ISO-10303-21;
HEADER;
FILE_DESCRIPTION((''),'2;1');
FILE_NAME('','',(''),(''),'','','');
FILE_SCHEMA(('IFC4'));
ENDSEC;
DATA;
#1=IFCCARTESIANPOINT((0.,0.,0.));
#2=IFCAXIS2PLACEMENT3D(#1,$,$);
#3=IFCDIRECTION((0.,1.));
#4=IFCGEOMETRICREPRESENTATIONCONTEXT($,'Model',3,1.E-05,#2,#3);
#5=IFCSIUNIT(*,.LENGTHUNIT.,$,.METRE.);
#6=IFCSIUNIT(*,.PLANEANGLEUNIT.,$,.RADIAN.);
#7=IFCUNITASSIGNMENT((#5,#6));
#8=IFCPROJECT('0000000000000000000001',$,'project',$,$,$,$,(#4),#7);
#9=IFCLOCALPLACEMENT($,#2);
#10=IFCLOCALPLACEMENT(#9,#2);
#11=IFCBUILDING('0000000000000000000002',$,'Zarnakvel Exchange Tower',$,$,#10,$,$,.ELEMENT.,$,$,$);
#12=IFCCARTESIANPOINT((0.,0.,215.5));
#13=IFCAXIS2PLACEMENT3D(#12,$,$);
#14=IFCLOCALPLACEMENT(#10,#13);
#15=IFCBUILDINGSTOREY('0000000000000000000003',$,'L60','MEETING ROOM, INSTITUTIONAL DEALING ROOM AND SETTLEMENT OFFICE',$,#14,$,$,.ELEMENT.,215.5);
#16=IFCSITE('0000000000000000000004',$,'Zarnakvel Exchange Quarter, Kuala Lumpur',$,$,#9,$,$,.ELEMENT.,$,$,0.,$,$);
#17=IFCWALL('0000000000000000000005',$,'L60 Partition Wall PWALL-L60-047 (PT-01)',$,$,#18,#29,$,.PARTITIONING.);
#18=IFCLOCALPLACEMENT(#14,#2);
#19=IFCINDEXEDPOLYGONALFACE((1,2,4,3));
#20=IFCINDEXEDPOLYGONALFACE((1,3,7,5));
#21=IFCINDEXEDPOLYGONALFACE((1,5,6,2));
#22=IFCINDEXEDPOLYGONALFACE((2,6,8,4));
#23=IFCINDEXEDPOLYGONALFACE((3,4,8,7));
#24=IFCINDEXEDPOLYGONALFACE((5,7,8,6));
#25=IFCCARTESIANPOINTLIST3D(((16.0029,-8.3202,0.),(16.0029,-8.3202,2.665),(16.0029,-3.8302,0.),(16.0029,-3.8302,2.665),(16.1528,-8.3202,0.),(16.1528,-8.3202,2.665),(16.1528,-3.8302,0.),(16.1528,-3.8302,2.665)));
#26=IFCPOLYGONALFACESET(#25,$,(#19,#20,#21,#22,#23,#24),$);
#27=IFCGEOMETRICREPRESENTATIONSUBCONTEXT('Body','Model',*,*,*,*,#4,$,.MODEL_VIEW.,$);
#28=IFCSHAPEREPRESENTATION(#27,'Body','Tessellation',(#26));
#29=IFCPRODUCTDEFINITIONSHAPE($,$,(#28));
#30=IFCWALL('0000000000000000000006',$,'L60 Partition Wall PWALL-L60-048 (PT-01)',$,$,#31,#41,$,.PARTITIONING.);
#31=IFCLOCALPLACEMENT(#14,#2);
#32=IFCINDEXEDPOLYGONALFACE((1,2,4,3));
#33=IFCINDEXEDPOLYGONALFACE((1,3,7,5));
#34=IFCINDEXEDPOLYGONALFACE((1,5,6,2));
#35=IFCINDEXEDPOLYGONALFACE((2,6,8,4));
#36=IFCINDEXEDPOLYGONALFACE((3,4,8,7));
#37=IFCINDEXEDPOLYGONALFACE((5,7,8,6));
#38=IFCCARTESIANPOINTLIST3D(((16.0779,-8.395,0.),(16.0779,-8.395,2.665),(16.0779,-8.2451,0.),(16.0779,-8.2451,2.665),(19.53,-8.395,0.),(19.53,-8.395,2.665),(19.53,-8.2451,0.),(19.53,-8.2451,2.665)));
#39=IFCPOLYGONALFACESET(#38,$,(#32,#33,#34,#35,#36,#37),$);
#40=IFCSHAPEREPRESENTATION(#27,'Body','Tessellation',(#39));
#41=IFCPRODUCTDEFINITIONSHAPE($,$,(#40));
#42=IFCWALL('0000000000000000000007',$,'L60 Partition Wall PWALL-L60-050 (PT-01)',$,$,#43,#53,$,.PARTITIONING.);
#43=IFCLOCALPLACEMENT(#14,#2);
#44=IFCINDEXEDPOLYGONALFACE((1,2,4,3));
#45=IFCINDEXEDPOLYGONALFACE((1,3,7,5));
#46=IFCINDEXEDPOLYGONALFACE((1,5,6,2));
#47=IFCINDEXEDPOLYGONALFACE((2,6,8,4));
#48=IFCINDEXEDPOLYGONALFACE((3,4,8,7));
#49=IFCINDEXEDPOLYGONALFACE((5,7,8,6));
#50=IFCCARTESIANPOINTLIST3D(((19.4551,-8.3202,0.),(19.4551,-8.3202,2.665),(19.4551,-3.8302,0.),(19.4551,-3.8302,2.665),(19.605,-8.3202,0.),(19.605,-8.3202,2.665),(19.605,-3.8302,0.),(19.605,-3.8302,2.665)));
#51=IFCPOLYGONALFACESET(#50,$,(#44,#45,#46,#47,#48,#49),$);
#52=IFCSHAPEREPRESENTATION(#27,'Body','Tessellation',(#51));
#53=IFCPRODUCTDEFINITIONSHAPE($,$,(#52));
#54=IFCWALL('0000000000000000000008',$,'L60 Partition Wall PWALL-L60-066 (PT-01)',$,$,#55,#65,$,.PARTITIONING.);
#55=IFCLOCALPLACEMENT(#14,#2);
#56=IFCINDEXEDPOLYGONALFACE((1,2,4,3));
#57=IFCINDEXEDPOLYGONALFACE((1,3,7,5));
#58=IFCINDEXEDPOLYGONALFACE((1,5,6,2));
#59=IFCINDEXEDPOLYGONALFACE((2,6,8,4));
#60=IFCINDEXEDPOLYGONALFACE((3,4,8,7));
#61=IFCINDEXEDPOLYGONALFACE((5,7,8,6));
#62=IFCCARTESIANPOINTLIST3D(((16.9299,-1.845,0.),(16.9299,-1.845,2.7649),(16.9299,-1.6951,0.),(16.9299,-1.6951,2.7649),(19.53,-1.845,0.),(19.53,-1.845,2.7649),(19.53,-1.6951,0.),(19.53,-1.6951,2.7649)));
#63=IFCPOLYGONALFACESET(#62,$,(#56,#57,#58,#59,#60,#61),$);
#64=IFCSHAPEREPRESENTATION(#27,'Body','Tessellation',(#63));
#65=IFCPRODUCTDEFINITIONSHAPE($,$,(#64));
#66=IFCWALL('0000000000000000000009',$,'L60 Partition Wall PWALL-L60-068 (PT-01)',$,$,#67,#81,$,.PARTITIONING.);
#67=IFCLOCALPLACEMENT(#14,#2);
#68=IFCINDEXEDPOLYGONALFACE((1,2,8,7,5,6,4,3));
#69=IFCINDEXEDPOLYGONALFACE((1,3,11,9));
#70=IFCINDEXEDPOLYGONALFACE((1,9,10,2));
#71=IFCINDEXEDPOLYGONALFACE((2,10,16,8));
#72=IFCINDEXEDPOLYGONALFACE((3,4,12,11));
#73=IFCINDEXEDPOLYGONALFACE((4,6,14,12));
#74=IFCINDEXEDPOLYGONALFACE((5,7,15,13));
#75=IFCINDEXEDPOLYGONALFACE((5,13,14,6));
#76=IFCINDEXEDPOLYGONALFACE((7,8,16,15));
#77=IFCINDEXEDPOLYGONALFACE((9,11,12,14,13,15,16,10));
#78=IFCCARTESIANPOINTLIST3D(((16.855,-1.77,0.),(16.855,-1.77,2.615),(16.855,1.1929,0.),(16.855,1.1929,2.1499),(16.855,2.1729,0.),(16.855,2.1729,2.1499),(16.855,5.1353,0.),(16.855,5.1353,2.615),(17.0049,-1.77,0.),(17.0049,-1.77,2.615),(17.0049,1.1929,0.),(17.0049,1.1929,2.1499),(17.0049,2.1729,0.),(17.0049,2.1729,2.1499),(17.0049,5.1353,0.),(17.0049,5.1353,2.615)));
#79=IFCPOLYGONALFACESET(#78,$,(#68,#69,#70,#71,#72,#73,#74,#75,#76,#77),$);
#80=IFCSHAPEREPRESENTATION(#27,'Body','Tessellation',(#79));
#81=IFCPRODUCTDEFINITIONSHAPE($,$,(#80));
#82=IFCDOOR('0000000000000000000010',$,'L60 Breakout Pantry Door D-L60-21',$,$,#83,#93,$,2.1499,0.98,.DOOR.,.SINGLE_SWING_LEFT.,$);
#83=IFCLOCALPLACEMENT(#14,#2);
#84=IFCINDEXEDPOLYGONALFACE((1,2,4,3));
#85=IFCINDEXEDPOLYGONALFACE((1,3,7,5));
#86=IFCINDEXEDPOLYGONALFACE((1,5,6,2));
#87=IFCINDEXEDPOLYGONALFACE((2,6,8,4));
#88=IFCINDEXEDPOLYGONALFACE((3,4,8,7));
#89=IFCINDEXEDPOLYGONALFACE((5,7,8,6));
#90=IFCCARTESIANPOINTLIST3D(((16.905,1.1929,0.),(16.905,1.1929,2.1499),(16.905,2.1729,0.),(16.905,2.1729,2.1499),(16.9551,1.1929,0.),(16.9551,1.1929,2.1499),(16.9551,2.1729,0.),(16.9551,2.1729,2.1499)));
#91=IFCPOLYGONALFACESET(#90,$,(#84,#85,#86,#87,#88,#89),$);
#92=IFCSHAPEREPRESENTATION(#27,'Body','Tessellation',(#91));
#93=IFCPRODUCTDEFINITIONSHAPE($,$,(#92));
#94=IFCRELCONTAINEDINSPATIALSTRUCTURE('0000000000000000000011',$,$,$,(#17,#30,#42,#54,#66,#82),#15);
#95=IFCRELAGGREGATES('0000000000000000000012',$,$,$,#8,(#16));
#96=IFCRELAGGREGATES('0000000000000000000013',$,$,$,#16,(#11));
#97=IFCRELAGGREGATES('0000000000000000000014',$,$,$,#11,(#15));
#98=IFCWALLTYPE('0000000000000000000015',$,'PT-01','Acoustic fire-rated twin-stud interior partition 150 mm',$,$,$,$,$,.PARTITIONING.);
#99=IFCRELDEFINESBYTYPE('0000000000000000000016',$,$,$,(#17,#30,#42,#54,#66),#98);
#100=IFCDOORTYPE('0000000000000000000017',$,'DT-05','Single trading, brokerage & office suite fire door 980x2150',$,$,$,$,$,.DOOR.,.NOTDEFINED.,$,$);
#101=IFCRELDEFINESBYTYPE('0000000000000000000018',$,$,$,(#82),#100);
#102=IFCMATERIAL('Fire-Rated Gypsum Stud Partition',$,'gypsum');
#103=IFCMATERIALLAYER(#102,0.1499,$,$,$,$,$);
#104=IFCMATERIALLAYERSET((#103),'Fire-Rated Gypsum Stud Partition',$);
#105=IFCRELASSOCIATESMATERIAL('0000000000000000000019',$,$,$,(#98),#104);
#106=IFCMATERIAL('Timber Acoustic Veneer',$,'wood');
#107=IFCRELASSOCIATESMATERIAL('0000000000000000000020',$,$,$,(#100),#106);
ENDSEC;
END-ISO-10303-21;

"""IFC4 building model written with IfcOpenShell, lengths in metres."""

from ifc_helpers import new_model, si_unit, direction, frame, frame_2d, origin, place, context, subcontext, project, spatial, rectangle, extrude, source, transform, mapped, material, layer, layer_set, type_object, element, fill, save


model = new_model("IFC4")

# Units and contexts
model_context = context("Model", 3, precision=1e-05, world=origin(), true_north=direction((0.0, 1.0)))
body_context = subcontext(model_context, "Body", "Model", "MODEL_VIEW")
ifc_project = project(units=[si_unit("LENGTHUNIT", "METRE"), si_unit("PLANEANGLEUNIT", "RADIAN")], contexts=[model_context])

# Site, building, storey
site_placement = place(None, origin())
site = spatial("IfcSite", under=ifc_project, at=site_placement, Name="Zarnakvel Exchange Quarter, Kuala Lumpur", CompositionType="ELEMENT", RefElevation=0.0)
building_placement = place(site_placement, origin())
building = spatial("IfcBuilding", under=site, at=building_placement, Name="Zarnakvel Exchange Tower", CompositionType="ELEMENT")
storey_placement = place(building_placement, frame((0.0, 0.0, 215.5)))
storey = spatial("IfcBuildingStorey", under=building, at=storey_placement, Name="L60", Description="MEETING ROOM, INSTITUTIONAL DEALING ROOM AND SETTLEMENT OFFICE", CompositionType="ELEMENT", Elevation=215.5)

# Walls
ifc_material_1 = material(Name="Fire-Rated Gypsum Stud Partition", Category="gypsum")
ifc_layer_1 = layer(ifc_material_1, 0.1499)
ifc_layer_set_1 = layer_set([ifc_layer_1], Name="Fire-Rated Gypsum Stud Partition")
wall_type_1 = type_object("IfcWallType", Name="PT-01", Description="Acoustic fire-rated twin-stud interior partition 150 mm", PredefinedType="PARTITIONING", material=ifc_layer_set_1)
wall_1_placement = place(storey_placement, frame((16.0779, -3.8301, 0.0), z_axis=(0.0, 0.0, 1.0), x_axis=(0.0, -1.0, 0.0)))
element("IfcWall", 1, at=wall_1_placement, inside=storey, type_object=wall_type_1, Name="L60 Partition Wall PWALL-L60-047 (PT-01)", PredefinedType="PARTITIONING", context=body_context, shape_type="SweptSolid", body=[
    extrude(rectangle(XDim=4.49, YDim=0.1499, at=frame_2d((2.2451, 0.0))), origin(), (0.0, 0.0, 1.0), 2.665),
])
wall_2_placement = place(storey_placement, frame((19.53, -8.3201, 0.0), z_axis=(0.0, 0.0, 1.0), x_axis=(-1.0, 0.0, 0.0)))
element("IfcWall", 2, at=wall_2_placement, inside=storey, type_object=wall_type_1, Name="L60 Partition Wall PWALL-L60-048 (PT-01)", PredefinedType="PARTITIONING", context=body_context, shape_type="SweptSolid", body=[
    extrude(rectangle(XDim=3.4521, YDim=0.1499, at=frame_2d((1.7261, 0.0))), origin(), (0.0, 0.0, 1.0), 2.665),
])

# Shared definitions
ifc_material_2 = material(Name="Timber Acoustic Veneer", Category="wood")
door_type = type_object("IfcDoorType", Name="DT-05", Description="Single trading, brokerage & office suite fire door 980x2150", OperationType="NOTDEFINED", PredefinedType="DOOR", material=ifc_material_2)
shared_shape_1 = source(origin(), body_context, "Body", "SweptSolid", [
    extrude(rectangle(XDim=0.98, YDim=2.1499, at=frame_2d((0.49, 1.075))), frame((0.0, 0.0249, 0.0), z_axis=(0.0, -1.0, 0.0), x_axis=(1.0, 0.0, 0.0)), (0.0, 0.0, 1.0), 0.05),
])

# Walls
wall_3_placement = place(storey_placement, frame((19.53, -3.8301, 0.0), z_axis=(0.0, 0.0, 1.0), x_axis=(0.0, -1.0, 0.0)))
element("IfcWall", 3, at=wall_3_placement, inside=storey, type_object=wall_type_1, Name="L60 Partition Wall PWALL-L60-050 (PT-01)", PredefinedType="PARTITIONING", context=body_context, shape_type="SweptSolid", body=[
    extrude(rectangle(XDim=4.49, YDim=0.1499, at=frame_2d((2.2451, 0.0))), origin(), (0.0, 0.0, 1.0), 2.665),
])
wall_4_placement = place(storey_placement, frame((19.53, -1.77, 0.0), z_axis=(0.0, 0.0, 1.0), x_axis=(-1.0, 0.0, 0.0)))
element("IfcWall", 4, at=wall_4_placement, inside=storey, type_object=wall_type_1, Name="L60 Partition Wall PWALL-L60-066 (PT-01)", PredefinedType="PARTITIONING", context=body_context, shape_type="SweptSolid", body=[
    extrude(rectangle(XDim=2.6001, YDim=0.1499, at=frame_2d((1.3, 0.0))), origin(), (0.0, 0.0, 1.0), 2.7649),
])

# Wall, opening, door
wall_5_placement = place(storey_placement, frame((16.9299, -1.77, 0.0), z_axis=(0.0, 0.0, 1.0), x_axis=(0.0, 1.0, 0.0)))
wall_5 = element("IfcWall", 5, at=wall_5_placement, inside=storey, type_object=wall_type_1, Name="L60 Partition Wall PWALL-L60-068 (PT-01)", PredefinedType="PARTITIONING", context=body_context, shape_type="SweptSolid", body=[
    extrude(rectangle(XDim=6.9053, YDim=0.1499, at=frame_2d((3.4526, 0.0))), origin(), (0.0, 0.0, 1.0), 2.615),
])
opening_1_placement = place(wall_5_placement, frame((2.9629, 0.0, 0.0)))
opening_1 = element("IfcOpeningElement", 6, at=opening_1_placement, cuts=wall_5, PredefinedType="OPENING", context=body_context, shape_type="SweptSolid", body=[
    extrude(rectangle(XDim=0.98, YDim=2.1499, at=frame_2d((0.49, 1.075))), frame((0.0, 0.085, 0.0), z_axis=(0.0, -1.0, 0.0), x_axis=(1.0, 0.0, 0.0)), (0.0, 0.0, 1.0), 0.1699),
])
door_1_placement = place(opening_1_placement, origin())
door_1 = element("IfcDoor", 7, at=door_1_placement, inside=storey, type_object=door_type, Name="L60 Breakout Pantry Door D-L60-21", OperationType="SINGLE_SWING_LEFT", OverallHeight=2.1499, OverallWidth=0.98, PredefinedType="DOOR", context=body_context, shape_type="MappedRepresentation", body=[
    mapped(shared_shape_1, transform((0.0, 0.0, 0.0), x_axis=(1.0, 0.0, 0.0), y_axis=(0.0, 1.0, 0.0), z_axis=(0.0, 0.0, 1.0), scale=1.0)),
])
fill(opening_1, door_1)

save(model, "model.ifc")
